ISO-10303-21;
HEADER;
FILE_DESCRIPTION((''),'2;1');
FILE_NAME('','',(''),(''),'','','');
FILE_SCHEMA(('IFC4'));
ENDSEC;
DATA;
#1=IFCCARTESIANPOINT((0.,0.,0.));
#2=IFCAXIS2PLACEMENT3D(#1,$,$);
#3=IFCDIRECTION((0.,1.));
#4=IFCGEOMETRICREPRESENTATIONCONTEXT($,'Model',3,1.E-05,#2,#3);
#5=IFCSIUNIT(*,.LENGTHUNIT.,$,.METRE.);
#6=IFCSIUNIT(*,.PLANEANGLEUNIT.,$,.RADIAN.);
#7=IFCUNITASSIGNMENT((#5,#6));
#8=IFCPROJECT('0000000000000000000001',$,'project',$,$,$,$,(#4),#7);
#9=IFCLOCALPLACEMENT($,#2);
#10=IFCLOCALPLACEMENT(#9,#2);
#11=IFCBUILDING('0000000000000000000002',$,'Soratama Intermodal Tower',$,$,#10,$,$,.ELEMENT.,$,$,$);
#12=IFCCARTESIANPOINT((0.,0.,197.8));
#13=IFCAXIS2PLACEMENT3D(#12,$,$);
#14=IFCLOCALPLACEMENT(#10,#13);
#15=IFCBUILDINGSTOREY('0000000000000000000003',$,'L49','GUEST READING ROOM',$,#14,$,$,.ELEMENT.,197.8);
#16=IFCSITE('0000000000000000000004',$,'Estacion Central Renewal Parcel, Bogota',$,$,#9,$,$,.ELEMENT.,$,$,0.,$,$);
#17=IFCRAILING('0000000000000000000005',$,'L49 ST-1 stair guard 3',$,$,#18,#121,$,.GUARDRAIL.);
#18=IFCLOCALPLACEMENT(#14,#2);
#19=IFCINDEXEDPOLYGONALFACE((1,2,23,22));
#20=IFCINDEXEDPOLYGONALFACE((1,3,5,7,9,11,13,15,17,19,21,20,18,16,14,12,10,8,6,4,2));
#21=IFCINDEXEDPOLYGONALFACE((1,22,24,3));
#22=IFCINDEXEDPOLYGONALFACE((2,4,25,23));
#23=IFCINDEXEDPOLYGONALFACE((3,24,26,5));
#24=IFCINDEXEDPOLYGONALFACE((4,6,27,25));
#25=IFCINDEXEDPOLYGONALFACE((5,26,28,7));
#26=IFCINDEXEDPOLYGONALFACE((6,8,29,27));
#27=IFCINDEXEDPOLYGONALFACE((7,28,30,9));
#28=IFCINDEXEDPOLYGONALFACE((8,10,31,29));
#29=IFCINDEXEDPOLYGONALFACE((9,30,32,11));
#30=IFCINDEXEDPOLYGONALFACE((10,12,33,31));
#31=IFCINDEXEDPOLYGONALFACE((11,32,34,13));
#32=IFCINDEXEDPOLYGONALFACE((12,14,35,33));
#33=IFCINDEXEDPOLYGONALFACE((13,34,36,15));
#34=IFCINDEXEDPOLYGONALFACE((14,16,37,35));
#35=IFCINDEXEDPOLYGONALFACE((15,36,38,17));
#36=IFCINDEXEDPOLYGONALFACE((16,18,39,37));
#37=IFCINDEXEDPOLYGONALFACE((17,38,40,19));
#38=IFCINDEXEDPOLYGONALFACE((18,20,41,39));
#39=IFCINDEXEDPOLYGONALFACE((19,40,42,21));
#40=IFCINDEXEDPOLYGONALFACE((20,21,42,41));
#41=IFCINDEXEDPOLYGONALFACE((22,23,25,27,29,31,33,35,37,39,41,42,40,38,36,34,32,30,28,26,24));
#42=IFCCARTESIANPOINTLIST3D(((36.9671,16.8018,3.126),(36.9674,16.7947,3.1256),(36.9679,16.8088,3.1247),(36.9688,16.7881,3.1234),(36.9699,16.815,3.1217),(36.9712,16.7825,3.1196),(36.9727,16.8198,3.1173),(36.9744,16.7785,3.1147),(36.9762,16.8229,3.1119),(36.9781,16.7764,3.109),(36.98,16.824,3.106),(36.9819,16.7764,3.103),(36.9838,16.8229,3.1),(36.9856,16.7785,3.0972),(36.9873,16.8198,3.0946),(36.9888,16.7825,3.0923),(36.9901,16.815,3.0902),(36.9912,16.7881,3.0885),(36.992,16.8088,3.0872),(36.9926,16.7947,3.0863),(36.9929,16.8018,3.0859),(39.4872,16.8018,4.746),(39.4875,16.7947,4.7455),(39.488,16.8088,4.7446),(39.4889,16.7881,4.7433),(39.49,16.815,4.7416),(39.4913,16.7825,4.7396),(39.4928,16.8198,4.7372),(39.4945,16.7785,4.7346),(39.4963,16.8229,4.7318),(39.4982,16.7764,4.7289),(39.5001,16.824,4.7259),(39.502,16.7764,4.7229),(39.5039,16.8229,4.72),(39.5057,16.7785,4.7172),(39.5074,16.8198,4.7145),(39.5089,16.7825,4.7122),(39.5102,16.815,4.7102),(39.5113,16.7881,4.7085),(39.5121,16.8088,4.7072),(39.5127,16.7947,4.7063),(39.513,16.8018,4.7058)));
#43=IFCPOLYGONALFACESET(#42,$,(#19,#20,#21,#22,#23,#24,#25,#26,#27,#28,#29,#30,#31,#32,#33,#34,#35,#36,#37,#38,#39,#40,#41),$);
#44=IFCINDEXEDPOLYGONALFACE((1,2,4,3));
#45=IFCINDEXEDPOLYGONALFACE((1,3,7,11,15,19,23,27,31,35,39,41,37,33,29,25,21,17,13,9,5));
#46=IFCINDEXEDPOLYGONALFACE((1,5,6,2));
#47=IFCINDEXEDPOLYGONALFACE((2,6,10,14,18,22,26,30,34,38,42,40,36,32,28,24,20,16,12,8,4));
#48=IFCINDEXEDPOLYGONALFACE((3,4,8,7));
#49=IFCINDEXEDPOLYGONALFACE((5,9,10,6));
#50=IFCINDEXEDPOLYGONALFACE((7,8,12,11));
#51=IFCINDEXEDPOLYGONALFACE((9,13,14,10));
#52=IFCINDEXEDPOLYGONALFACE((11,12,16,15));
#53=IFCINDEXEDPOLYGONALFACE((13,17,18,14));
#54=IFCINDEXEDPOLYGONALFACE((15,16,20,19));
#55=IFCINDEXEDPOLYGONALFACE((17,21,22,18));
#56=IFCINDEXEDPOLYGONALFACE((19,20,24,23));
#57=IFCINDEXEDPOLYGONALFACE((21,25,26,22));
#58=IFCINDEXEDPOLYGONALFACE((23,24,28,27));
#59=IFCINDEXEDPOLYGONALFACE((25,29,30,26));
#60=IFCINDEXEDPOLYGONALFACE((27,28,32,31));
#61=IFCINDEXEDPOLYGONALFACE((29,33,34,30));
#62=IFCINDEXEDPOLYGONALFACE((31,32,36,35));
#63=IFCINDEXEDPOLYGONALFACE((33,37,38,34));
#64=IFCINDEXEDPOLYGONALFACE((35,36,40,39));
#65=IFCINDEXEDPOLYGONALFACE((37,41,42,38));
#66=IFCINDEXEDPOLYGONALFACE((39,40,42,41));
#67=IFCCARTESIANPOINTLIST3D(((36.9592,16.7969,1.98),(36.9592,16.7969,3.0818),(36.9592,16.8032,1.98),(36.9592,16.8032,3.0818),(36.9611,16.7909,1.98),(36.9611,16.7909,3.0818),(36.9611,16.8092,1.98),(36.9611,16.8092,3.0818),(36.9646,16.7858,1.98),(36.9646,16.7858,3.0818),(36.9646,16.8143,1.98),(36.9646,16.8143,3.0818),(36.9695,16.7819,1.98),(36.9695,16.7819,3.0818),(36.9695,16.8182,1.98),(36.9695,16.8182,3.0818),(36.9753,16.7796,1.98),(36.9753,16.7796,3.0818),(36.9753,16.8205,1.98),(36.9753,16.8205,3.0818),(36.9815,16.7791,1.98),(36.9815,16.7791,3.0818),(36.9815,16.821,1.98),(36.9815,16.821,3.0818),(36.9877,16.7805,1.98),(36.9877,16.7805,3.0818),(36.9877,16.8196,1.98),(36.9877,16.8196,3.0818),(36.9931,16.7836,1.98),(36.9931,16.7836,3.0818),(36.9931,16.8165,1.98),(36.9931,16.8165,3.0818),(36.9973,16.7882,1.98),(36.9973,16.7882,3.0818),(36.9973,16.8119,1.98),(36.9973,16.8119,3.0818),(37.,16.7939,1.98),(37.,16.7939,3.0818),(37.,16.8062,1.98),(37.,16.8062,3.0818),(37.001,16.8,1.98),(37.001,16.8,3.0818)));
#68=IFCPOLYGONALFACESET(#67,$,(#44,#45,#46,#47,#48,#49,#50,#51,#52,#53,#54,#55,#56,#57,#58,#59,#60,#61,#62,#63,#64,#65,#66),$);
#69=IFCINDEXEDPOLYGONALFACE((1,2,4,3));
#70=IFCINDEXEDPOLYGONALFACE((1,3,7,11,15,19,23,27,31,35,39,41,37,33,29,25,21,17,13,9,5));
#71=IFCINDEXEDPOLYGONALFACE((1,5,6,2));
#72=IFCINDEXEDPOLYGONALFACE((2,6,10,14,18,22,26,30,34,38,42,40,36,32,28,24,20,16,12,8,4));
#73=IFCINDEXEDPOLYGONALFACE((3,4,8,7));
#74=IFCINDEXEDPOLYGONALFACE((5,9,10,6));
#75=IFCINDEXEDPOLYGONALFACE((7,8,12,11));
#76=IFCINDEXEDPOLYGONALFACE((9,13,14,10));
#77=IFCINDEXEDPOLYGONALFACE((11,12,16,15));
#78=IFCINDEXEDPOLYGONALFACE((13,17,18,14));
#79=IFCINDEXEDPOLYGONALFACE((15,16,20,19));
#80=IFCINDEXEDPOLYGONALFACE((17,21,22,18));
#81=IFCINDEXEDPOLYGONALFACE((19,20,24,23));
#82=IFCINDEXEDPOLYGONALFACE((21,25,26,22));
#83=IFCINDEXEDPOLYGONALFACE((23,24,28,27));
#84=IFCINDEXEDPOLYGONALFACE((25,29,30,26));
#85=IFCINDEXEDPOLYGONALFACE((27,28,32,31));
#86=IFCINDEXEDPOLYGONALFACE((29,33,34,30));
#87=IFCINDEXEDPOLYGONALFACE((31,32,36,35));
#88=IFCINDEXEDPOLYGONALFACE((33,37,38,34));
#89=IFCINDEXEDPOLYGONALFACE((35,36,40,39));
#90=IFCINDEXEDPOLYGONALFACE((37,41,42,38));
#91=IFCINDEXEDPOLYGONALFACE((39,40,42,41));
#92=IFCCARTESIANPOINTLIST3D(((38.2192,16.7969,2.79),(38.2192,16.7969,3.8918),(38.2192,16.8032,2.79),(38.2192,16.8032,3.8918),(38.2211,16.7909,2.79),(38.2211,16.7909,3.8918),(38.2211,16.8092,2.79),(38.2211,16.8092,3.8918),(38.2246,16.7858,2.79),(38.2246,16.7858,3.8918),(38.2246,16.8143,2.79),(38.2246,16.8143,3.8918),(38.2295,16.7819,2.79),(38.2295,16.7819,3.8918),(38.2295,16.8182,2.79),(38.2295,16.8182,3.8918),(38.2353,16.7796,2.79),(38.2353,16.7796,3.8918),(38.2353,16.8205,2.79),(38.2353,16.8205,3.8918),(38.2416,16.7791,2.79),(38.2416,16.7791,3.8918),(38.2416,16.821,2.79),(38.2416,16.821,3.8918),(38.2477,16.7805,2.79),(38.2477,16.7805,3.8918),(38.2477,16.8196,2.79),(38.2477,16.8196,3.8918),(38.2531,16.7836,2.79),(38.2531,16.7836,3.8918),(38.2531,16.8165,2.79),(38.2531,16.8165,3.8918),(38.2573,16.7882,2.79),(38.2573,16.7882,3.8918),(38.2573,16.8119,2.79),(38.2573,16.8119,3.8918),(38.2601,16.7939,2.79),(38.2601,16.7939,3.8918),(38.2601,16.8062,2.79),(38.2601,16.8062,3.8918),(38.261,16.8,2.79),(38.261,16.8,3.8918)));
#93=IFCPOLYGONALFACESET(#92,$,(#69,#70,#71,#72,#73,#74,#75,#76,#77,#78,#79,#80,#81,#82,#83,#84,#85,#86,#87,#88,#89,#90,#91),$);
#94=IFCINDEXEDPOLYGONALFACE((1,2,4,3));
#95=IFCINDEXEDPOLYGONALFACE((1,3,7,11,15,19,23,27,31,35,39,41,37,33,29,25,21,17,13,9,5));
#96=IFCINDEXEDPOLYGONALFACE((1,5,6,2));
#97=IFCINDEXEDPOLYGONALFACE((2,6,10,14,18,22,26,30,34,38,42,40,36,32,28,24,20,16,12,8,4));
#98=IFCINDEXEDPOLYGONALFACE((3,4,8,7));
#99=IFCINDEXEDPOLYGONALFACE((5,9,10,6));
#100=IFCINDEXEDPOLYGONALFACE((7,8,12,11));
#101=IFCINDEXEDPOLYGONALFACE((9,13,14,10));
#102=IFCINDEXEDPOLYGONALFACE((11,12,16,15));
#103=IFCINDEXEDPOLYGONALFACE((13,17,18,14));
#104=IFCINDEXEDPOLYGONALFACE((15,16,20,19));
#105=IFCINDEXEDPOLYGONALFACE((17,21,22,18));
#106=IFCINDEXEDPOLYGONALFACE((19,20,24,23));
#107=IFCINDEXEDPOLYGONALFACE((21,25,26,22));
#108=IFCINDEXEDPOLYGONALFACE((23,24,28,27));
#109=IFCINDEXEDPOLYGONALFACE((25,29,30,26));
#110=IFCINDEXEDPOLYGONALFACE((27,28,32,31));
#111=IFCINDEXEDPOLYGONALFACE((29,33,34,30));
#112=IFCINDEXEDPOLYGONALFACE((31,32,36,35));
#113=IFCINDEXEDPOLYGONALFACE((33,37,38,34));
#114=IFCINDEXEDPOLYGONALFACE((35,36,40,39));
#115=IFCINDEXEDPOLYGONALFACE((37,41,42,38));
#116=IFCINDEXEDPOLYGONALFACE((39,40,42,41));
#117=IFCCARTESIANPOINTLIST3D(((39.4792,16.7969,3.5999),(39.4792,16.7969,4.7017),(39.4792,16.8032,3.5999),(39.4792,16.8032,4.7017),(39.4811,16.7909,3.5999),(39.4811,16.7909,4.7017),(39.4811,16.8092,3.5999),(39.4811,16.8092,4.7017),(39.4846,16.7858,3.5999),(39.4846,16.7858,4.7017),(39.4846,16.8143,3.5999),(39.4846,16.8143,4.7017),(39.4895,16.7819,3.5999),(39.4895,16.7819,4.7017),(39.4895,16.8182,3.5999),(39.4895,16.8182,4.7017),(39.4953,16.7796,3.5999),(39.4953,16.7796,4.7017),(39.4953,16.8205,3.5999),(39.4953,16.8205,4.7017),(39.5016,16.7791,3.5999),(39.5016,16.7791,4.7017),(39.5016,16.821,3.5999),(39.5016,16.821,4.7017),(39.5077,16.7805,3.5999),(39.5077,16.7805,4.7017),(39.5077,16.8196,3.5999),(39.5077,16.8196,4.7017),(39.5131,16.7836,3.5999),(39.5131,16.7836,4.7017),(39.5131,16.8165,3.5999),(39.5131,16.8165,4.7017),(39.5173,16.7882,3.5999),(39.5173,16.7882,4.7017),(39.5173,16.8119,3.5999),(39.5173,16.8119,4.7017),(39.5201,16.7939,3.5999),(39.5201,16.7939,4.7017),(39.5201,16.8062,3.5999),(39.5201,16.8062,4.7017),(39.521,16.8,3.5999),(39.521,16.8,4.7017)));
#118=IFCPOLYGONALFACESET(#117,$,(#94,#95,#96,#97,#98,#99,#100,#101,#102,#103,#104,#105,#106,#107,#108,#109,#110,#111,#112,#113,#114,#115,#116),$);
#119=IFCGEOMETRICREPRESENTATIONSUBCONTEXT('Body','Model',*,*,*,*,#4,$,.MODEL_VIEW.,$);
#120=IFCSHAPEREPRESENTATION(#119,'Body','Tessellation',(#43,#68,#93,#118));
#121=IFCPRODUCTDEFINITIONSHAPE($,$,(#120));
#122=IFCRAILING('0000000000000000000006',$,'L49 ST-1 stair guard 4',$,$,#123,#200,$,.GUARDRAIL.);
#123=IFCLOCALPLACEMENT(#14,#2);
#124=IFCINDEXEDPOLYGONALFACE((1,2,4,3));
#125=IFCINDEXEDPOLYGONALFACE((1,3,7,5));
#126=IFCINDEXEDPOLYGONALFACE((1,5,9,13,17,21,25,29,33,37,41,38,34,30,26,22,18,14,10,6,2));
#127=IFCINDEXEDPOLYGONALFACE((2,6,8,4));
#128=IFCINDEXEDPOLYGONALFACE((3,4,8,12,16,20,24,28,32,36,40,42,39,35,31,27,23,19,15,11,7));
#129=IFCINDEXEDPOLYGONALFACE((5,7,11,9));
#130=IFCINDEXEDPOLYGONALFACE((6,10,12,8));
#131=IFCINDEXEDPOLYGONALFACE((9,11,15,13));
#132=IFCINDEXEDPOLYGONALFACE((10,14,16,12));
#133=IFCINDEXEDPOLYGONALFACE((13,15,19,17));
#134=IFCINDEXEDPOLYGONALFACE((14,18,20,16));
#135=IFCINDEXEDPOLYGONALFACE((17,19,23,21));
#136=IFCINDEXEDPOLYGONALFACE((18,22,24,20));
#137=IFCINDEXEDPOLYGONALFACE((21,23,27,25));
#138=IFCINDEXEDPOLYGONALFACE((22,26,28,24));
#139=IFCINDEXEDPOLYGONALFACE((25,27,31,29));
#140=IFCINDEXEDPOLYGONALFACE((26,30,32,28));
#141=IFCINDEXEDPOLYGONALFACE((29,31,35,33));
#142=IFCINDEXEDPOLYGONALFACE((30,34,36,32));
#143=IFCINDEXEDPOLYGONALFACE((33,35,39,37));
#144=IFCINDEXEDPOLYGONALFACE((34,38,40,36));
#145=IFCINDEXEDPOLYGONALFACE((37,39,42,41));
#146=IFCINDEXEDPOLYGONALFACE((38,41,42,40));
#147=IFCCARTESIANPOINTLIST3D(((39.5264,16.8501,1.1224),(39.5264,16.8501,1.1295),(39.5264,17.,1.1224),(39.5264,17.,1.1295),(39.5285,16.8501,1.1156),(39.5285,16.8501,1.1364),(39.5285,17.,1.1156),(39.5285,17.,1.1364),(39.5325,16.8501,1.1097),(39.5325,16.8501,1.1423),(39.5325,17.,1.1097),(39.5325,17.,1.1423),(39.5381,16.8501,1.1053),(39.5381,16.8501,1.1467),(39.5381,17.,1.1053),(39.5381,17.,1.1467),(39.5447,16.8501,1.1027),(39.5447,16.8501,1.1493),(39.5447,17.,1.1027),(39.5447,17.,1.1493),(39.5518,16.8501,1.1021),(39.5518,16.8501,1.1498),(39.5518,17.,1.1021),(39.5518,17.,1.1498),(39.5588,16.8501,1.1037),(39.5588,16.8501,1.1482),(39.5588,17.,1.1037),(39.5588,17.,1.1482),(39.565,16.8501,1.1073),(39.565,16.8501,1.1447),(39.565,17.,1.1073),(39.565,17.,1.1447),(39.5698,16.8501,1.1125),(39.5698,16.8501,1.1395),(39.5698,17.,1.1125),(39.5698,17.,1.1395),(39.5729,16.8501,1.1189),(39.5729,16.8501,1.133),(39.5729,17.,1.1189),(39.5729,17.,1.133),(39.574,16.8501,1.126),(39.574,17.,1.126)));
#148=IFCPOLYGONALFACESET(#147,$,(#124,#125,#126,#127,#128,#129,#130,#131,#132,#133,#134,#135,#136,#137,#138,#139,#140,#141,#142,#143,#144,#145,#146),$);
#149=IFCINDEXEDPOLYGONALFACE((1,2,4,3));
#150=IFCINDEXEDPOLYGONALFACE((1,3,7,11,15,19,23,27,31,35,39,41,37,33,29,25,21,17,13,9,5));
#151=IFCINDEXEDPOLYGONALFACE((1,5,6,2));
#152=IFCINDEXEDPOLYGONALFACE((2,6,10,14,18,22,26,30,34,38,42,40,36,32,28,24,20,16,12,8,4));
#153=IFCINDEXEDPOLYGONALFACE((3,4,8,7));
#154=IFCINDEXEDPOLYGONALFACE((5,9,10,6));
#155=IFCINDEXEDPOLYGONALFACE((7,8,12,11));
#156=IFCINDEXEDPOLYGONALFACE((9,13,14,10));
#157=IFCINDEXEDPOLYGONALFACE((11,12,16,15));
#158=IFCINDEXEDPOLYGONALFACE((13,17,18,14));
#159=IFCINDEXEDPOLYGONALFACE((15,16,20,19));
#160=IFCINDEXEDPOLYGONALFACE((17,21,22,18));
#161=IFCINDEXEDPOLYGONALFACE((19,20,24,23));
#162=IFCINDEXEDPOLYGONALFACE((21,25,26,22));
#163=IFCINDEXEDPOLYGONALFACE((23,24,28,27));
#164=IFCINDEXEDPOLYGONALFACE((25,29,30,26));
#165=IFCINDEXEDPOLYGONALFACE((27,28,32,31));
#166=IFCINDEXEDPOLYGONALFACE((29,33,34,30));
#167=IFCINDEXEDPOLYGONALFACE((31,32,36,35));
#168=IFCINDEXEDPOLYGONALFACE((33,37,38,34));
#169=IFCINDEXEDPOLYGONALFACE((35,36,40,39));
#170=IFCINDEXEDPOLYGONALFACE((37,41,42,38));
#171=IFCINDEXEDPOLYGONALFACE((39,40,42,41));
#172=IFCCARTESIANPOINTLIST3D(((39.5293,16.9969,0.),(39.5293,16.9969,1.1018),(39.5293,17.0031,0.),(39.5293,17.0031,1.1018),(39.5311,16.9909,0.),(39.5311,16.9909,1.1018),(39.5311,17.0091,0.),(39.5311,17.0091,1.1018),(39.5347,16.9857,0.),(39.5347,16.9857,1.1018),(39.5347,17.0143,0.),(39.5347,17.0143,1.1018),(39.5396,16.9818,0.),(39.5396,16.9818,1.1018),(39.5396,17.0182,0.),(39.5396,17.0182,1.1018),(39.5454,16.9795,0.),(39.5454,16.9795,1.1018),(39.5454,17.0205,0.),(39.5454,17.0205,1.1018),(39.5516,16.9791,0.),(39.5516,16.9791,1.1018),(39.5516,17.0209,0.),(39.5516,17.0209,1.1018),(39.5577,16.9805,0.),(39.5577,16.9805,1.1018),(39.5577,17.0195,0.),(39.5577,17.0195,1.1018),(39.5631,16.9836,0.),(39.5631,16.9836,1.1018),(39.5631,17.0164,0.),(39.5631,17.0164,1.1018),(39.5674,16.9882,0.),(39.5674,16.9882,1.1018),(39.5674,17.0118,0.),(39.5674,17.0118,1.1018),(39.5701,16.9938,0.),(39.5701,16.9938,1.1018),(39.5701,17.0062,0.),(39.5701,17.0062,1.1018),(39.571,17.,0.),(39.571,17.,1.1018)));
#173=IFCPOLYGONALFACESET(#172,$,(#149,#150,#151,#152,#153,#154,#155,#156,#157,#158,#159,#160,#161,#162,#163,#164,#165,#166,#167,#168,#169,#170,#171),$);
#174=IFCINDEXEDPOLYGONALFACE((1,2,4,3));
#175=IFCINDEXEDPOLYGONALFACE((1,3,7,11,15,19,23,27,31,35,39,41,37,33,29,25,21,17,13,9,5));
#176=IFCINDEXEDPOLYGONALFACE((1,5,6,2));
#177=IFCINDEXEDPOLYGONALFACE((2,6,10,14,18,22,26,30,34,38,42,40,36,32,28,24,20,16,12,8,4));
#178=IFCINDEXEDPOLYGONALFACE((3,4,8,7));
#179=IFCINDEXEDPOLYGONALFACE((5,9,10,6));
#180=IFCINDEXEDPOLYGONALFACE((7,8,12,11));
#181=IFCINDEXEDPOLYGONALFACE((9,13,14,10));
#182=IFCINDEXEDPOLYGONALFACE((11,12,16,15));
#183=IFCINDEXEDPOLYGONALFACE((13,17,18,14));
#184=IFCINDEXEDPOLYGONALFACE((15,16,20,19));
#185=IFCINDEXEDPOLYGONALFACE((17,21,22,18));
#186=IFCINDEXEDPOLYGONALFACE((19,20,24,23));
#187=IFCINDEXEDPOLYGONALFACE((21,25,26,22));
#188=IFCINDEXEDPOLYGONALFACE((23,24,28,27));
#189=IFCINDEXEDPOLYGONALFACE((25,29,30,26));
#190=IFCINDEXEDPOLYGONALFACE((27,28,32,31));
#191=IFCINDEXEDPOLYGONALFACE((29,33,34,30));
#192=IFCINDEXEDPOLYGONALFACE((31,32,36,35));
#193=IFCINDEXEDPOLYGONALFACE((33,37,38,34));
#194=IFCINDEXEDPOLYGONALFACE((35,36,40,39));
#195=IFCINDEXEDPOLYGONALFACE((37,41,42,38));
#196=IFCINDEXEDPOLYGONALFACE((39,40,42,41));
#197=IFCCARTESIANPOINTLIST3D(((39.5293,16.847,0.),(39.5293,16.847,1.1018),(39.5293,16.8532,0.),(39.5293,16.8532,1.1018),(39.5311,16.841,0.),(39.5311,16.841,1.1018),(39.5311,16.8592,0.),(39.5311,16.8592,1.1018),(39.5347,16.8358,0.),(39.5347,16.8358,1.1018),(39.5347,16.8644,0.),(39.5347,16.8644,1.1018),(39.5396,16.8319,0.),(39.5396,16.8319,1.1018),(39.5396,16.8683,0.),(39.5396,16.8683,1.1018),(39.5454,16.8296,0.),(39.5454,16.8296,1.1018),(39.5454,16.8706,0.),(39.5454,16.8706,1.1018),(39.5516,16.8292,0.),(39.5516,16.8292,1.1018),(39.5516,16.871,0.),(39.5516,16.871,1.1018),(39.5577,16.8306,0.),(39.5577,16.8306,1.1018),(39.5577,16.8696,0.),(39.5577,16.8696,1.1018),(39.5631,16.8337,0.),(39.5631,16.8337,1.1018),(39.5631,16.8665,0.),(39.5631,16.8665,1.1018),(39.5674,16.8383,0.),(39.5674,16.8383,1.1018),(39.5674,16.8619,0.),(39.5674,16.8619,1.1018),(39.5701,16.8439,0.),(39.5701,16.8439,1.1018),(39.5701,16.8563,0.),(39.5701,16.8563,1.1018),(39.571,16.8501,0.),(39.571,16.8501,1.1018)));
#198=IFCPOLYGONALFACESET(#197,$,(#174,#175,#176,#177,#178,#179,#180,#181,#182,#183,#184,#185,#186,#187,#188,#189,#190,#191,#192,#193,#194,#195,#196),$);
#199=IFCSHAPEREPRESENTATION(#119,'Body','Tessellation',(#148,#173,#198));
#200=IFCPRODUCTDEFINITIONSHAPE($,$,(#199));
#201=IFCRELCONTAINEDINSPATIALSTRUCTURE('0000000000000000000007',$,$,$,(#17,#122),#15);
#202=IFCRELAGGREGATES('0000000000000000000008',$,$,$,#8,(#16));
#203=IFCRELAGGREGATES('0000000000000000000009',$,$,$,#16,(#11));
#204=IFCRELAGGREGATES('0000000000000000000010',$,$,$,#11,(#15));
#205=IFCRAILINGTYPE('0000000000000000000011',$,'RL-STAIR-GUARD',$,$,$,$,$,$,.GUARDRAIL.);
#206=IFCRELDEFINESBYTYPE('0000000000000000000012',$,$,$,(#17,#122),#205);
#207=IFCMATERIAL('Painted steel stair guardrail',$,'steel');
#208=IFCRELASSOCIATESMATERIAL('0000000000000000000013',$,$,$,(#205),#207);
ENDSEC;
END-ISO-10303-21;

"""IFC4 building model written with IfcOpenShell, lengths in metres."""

from ifc_helpers import new_model, si_unit, direction, frame, origin, origin_2d, place, context, subcontext, project, spatial, circle, extrude, material, type_object, element, save


model = new_model("IFC4")

# Units and contexts
model_context = context("Model", 3, precision=1e-05, world=origin(), true_north=direction((0.0, 1.0)))
body_context = subcontext(model_context, "Body", "Model", "MODEL_VIEW")
ifc_project = project(units=[si_unit("LENGTHUNIT", "METRE"), si_unit("PLANEANGLEUNIT", "RADIAN")], contexts=[model_context])

# Site, building, storey
site_placement = place(None, origin())
site = spatial("IfcSite", under=ifc_project, at=site_placement, Name="Estacion Central Renewal Parcel, Bogota", CompositionType="ELEMENT", RefElevation=0.0)
building_placement = place(site_placement, origin())
building = spatial("IfcBuilding", under=site, at=building_placement, Name="Soratama Intermodal Tower", CompositionType="ELEMENT")
storey_placement = place(building_placement, frame((0.0, 0.0, 197.8)))
storey = spatial("IfcBuildingStorey", under=building, at=storey_placement, Name="L49", Description="GUEST READING ROOM", CompositionType="ELEMENT", Elevation=197.8)

# Railings
ifc_material_1 = material(Name="Painted steel stair guardrail", Category="steel")
railing_type_1 = type_object("IfcRailingType", Name="RL-STAIR-GUARD", PredefinedType="GUARDRAIL", material=ifc_material_1)
railing_1_placement = place(storey_placement, frame((36.98, 16.8, 1.98)))
element("IfcRailing", 1, at=railing_1_placement, inside=storey, type_object=railing_type_1, Name="L49 ST-1 stair guard 3", PredefinedType="GUARDRAIL", context=body_context, shape_type="SweptSolid", body=[
    extrude(circle(Radius=0.0239, at=origin_2d()), frame((0.0, 0.0, 1.126), z_axis=(0.8412, 0.0, 0.540725), x_axis=(0.0, 1.0, 0.0)), (0.0, 0.0, 1.0), 2.9958),
    extrude(circle(Radius=0.021, at=origin_2d()), origin(), (0.0, 0.0, 1.0), 1.1018),
    extrude(circle(Radius=0.021, at=origin_2d()), frame((1.26, 0.0, 0.8101)), (0.0, 0.0, 1.0), 1.1018),
    extrude(circle(Radius=0.021, at=origin_2d()), frame((2.52, 0.0, 1.6199)), (0.0, 0.0, 1.0), 1.1018),
])
railing_2_placement = place(storey_placement, frame((39.55, 17.0, 0.0)))
element("IfcRailing", 2, at=railing_2_placement, inside=storey, type_object=railing_type_1, Name="L49 ST-1 stair guard 4", PredefinedType="GUARDRAIL", context=body_context, shape_type="SweptSolid", body=[
    extrude(circle(Radius=0.0239, at=origin_2d()), frame((0.0, 0.0, 1.126), z_axis=(0.0, -1.0, 0.0), x_axis=(1.0, 0.0, 0.0)), (0.0, 0.0, 1.0), 0.1499),
    extrude(circle(Radius=0.021, at=origin_2d()), origin(), (0.0, 0.0, 1.0), 1.1018),
    extrude(circle(Radius=0.021, at=origin_2d()), frame((0.0, -0.1499, 0.0)), (0.0, 0.0, 1.0), 1.1018),
])

save(model, "model.ifc")
